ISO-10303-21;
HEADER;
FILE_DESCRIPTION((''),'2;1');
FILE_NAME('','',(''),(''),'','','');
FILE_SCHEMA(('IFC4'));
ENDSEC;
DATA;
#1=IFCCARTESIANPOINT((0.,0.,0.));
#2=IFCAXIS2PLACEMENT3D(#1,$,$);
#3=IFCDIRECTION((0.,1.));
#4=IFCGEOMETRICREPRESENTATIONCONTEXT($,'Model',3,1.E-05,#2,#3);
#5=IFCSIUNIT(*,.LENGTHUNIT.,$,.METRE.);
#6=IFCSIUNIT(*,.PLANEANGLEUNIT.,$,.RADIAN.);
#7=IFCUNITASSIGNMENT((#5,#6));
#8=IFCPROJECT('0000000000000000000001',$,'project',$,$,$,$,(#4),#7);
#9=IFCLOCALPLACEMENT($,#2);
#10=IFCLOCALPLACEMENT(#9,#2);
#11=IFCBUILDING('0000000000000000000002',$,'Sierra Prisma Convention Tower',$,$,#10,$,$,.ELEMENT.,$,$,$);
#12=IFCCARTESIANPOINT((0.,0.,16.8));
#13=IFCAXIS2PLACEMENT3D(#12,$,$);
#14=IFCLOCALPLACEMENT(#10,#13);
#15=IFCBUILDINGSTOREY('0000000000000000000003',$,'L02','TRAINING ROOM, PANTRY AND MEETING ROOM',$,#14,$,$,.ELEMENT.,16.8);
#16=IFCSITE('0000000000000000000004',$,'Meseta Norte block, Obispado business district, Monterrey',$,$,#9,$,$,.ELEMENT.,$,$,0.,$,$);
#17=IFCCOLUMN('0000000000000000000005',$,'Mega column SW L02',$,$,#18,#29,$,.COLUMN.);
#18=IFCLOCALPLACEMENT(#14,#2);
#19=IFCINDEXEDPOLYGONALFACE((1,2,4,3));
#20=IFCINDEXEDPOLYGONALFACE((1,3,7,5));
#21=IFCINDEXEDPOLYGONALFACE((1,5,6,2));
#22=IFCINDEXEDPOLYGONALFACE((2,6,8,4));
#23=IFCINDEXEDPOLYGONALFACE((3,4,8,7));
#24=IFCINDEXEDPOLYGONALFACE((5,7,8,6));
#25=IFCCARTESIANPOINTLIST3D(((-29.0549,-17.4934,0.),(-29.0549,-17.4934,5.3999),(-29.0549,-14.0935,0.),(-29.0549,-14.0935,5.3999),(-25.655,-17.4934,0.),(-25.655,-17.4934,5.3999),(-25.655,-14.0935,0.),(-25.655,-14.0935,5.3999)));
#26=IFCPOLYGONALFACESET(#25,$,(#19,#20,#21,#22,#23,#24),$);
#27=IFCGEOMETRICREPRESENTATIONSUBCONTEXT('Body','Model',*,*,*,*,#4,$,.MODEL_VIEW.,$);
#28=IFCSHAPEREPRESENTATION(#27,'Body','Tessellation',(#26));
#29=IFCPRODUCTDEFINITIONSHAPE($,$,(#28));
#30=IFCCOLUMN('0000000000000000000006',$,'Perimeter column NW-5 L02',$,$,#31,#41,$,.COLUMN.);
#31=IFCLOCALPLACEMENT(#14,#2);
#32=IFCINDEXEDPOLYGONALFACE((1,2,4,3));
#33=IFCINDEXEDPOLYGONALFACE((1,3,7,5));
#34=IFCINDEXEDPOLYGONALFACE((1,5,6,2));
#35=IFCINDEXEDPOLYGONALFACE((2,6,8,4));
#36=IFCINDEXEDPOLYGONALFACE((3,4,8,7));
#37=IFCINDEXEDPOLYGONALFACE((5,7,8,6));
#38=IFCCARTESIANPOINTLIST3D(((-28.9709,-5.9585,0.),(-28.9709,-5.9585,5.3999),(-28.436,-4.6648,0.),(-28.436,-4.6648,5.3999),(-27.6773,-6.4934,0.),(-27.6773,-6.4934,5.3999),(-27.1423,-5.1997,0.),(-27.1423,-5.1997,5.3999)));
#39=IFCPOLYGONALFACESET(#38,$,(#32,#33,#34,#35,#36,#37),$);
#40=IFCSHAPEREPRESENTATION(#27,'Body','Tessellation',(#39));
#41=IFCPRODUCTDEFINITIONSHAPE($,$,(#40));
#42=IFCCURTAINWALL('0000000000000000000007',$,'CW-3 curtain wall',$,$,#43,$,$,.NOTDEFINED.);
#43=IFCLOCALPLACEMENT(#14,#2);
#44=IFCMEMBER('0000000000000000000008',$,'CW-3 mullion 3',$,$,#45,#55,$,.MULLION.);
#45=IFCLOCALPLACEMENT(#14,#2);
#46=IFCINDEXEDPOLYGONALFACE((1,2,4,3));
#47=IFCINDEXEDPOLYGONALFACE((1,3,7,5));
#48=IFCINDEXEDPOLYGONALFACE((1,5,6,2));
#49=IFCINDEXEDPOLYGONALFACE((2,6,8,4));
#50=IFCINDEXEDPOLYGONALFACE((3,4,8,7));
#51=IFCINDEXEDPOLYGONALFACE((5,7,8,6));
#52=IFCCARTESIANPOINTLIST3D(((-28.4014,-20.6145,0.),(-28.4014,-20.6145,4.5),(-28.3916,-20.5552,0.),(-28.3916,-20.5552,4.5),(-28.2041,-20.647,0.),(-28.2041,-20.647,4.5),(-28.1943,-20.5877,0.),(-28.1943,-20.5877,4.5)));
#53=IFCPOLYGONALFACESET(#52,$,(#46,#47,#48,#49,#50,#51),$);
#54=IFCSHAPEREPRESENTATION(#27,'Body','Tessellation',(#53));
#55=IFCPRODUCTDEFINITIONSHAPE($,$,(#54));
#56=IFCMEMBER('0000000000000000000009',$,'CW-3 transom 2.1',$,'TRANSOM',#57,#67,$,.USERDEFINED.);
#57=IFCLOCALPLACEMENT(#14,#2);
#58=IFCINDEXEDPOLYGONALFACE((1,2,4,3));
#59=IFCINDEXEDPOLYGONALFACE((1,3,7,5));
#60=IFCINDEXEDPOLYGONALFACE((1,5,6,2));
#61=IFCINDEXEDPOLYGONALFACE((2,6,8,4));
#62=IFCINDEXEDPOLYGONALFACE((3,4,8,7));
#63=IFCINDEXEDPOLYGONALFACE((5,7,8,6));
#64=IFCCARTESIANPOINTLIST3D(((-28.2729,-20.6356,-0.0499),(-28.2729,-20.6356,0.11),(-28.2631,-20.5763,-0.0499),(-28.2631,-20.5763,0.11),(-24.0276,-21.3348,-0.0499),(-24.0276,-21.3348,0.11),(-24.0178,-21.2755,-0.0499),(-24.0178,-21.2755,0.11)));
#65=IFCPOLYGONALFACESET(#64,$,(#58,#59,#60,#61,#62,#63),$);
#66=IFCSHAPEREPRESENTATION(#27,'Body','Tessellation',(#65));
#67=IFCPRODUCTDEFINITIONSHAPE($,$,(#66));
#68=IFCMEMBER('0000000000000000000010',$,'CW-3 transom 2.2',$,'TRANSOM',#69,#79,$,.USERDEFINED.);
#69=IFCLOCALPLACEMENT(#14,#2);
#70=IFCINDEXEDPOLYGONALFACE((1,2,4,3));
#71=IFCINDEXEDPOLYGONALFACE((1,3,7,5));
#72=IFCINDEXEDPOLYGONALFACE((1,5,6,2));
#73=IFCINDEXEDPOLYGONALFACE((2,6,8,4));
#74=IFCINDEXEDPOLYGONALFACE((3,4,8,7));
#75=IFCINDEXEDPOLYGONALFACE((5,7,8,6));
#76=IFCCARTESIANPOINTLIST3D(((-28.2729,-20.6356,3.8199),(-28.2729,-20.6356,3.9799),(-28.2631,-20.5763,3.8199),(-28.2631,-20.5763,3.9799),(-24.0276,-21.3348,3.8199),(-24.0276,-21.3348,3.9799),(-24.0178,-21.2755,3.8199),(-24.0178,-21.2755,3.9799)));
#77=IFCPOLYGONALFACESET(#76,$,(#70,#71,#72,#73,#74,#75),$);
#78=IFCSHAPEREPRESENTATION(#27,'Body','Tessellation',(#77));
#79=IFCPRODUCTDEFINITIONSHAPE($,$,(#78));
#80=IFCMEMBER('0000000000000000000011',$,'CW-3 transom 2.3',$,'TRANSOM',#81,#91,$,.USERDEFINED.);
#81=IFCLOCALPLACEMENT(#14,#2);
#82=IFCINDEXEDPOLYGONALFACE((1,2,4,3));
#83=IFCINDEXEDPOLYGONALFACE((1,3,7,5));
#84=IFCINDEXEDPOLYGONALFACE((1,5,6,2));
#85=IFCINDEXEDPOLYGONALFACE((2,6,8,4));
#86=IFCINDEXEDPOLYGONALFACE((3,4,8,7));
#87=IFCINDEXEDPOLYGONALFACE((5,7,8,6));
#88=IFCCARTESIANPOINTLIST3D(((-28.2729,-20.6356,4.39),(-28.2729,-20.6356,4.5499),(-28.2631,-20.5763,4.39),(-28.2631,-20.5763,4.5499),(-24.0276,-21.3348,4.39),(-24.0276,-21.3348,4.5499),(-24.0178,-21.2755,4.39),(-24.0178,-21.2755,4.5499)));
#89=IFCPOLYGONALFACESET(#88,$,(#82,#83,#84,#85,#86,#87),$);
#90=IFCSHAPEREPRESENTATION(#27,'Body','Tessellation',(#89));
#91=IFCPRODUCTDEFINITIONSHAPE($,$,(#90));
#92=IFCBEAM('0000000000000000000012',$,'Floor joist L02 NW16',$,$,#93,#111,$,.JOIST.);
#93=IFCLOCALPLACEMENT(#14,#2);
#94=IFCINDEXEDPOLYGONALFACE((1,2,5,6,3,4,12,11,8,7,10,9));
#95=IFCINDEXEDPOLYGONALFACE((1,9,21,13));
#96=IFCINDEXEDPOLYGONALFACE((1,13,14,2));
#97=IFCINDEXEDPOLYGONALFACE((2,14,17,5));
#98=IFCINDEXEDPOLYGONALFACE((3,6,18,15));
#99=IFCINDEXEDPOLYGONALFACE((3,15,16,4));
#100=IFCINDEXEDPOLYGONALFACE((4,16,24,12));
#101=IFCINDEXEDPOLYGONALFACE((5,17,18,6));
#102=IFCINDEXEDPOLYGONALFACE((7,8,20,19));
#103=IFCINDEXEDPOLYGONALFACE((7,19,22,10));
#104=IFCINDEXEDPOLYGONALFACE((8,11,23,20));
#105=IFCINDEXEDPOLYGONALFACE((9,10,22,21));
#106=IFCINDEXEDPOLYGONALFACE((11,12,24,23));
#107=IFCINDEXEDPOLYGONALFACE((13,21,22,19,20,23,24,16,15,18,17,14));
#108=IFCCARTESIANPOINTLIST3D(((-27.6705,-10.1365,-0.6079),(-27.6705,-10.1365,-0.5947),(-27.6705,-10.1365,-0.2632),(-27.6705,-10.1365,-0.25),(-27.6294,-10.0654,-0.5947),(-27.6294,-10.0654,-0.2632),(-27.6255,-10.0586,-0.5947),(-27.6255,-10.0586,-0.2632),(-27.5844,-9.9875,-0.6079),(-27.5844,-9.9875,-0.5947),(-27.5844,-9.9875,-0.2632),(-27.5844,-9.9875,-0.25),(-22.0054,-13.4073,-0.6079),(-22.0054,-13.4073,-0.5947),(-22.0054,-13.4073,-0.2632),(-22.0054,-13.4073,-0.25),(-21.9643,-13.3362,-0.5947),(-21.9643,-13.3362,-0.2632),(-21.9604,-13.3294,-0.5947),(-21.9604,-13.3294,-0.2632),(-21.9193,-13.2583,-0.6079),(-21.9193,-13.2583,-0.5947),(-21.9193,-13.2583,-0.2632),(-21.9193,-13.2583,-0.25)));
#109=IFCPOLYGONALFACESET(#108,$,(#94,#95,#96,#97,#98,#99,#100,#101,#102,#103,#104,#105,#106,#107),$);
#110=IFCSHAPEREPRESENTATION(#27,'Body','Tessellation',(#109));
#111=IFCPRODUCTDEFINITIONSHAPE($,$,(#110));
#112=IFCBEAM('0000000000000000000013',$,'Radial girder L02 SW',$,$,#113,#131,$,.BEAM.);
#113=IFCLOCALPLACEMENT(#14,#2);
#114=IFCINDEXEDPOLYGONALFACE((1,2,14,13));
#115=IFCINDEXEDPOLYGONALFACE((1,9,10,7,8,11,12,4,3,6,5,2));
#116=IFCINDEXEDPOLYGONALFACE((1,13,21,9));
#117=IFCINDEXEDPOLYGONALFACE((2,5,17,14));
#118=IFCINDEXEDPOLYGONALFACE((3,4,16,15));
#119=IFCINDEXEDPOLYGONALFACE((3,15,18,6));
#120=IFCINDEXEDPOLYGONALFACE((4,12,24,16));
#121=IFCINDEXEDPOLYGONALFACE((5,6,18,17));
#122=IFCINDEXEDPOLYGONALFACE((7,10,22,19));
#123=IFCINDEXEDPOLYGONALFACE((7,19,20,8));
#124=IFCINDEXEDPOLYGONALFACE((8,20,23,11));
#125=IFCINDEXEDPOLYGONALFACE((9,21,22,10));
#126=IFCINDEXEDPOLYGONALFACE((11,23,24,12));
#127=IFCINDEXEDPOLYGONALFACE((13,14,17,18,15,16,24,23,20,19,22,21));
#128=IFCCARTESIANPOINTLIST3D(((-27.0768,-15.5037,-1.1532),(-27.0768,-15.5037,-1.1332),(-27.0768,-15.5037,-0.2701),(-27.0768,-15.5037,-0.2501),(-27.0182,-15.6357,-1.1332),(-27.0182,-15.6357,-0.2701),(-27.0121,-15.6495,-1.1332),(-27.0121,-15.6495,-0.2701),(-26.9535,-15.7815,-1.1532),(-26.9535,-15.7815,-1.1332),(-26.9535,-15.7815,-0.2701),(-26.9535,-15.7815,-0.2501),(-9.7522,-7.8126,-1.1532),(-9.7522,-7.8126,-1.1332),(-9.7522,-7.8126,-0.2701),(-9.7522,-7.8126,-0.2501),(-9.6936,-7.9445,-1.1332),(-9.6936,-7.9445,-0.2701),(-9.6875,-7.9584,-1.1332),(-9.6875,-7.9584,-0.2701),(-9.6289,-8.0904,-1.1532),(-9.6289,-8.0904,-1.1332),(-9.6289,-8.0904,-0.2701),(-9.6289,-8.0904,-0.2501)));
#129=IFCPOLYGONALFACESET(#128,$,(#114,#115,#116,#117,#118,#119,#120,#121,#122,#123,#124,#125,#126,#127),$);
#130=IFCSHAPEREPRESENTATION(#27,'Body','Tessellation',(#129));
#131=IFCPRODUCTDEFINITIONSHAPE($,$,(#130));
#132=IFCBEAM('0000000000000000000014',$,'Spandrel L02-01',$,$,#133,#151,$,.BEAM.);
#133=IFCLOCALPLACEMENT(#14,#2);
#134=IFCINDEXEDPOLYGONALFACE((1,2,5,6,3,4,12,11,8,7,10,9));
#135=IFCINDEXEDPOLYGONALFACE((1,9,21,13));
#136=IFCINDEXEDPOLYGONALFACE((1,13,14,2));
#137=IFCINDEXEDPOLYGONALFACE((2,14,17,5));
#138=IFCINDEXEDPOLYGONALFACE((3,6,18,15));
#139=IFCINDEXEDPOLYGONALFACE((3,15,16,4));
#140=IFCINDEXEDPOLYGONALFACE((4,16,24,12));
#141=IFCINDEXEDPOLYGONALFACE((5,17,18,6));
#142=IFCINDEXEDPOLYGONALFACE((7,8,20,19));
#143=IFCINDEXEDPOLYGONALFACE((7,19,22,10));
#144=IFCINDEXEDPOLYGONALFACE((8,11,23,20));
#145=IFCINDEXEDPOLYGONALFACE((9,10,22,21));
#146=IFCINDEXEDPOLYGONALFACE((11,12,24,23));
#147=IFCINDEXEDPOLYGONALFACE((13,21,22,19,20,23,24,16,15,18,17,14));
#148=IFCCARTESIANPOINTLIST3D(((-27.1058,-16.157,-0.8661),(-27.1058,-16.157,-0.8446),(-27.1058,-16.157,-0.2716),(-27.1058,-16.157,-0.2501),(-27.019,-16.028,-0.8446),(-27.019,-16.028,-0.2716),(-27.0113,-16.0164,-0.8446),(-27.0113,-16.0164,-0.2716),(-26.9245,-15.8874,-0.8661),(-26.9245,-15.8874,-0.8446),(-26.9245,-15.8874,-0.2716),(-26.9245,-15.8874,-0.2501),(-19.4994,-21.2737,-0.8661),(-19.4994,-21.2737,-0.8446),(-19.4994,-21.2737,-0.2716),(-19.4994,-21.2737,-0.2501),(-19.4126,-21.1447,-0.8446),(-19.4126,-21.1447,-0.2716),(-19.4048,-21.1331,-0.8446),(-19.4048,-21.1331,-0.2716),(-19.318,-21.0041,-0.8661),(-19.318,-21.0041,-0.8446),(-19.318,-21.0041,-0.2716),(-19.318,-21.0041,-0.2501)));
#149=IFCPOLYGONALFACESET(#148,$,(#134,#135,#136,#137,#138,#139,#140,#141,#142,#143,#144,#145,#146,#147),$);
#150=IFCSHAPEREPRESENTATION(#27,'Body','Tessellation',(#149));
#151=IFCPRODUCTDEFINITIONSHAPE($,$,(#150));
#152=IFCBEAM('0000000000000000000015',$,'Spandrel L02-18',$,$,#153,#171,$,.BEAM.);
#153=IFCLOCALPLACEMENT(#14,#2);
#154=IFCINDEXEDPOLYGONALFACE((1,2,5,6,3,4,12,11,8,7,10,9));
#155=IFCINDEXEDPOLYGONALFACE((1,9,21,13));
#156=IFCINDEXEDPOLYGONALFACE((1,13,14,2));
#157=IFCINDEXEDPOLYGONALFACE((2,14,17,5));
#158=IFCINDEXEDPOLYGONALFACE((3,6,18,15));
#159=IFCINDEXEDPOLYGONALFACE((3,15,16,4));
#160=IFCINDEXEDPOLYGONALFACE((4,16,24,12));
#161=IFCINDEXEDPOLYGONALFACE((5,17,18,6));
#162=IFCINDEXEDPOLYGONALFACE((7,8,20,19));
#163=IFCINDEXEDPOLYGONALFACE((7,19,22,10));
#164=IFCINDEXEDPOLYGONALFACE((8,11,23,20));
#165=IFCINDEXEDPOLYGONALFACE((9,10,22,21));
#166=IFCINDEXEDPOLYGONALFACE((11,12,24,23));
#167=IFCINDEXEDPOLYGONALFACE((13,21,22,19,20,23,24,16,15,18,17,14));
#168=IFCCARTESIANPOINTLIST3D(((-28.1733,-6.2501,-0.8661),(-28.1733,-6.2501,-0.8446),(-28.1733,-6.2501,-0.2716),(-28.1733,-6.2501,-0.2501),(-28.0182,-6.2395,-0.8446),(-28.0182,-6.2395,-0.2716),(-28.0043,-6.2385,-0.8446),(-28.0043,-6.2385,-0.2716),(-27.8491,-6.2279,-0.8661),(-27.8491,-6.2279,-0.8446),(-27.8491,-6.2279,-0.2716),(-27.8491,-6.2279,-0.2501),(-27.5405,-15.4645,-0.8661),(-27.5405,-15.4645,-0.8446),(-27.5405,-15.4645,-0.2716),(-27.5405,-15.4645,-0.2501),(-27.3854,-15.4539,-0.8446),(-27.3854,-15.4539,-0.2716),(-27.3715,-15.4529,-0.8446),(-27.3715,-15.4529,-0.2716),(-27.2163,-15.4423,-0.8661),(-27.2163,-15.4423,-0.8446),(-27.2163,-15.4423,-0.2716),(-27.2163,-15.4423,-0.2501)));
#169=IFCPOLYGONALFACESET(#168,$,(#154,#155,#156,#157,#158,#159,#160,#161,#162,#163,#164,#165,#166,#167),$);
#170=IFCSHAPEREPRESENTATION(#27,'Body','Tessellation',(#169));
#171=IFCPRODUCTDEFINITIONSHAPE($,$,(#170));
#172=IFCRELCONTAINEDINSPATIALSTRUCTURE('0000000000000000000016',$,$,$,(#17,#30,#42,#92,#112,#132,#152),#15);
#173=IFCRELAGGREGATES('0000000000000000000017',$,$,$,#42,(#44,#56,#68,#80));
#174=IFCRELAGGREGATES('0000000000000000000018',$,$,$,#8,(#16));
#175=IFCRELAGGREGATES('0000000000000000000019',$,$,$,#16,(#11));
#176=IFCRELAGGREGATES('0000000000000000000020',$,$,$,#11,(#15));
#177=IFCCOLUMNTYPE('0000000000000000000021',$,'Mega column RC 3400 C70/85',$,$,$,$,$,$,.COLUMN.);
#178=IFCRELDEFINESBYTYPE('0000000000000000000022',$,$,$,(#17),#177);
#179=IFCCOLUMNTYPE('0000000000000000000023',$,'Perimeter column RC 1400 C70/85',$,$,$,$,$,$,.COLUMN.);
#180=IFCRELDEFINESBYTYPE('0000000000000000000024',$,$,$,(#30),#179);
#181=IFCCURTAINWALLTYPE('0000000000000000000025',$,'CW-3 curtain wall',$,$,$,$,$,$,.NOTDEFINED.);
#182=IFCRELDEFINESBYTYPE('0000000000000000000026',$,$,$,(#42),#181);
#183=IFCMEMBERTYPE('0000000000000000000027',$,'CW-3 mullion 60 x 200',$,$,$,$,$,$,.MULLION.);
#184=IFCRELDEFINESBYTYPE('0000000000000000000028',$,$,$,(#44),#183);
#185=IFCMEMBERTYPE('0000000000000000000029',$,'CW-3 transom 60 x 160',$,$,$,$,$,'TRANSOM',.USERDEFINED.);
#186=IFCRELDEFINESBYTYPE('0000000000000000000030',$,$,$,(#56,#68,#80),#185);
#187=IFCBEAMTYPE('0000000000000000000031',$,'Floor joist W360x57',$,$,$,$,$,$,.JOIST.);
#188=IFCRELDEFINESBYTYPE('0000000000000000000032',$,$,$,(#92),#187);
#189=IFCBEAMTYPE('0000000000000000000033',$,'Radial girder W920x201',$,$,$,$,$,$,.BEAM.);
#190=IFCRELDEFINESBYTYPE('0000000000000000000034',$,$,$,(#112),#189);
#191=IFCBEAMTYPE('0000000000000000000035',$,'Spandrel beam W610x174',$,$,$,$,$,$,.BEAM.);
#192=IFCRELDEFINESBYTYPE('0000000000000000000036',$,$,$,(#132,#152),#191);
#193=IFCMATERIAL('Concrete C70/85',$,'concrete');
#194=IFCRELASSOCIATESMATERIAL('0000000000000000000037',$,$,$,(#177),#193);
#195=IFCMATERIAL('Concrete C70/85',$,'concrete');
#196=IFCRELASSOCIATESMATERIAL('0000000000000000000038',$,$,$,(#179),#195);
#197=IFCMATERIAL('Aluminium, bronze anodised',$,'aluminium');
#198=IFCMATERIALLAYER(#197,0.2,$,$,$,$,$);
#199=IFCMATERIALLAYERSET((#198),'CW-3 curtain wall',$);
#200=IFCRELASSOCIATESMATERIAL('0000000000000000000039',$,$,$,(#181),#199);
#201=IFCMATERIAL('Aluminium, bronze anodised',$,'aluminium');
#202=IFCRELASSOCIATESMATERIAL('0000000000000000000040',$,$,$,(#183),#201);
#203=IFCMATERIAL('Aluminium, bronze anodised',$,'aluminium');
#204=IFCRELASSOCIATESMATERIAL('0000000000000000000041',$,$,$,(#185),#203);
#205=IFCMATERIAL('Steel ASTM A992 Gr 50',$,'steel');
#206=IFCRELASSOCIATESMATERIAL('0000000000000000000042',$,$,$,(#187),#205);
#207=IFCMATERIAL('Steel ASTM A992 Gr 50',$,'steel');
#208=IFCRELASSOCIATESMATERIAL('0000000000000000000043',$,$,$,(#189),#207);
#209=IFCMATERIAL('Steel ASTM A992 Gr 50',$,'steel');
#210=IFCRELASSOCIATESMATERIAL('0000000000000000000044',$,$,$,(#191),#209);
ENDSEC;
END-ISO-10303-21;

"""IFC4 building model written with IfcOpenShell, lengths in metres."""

from ifc_helpers import new_model, si_unit, direction, frame, origin, origin_2d, place, context, subcontext, project, spatial, rectangle, i_section, extrude, material, layer, layer_set, material_profile, profile_set, type_object, element, aggregate, save


model = new_model("IFC4")

# Units and contexts
model_context = context("Model", 3, precision=1e-05, world=origin(), true_north=direction((0.0, 1.0)))
body_context = subcontext(model_context, "Body", "Model", "MODEL_VIEW")
ifc_project = project(units=[si_unit("LENGTHUNIT", "METRE"), si_unit("PLANEANGLEUNIT", "RADIAN")], contexts=[model_context])

# Site, building, storey
site_placement = place(None, origin())
site = spatial("IfcSite", under=ifc_project, at=site_placement, Name="Meseta Norte block, Obispado business district, Monterrey", CompositionType="ELEMENT", RefElevation=0.0)
building_placement = place(site_placement, origin())
building = spatial("IfcBuilding", under=site, at=building_placement, Name="Sierra Prisma Convention Tower", CompositionType="ELEMENT")
storey_placement = place(building_placement, frame((0.0, 0.0, 16.8)))
storey = spatial("IfcBuildingStorey", under=building, at=storey_placement, Name="L02", Description="TRAINING ROOM, PANTRY AND MEETING ROOM", CompositionType="ELEMENT", Elevation=16.8)

# Columns
ifc_material_1 = material(Name="Concrete C70/85", Category="concrete")
ifc_material_profile_1 = material_profile(ifc_material_1, rectangle(XDim=3.3999, YDim=3.3999, at=origin_2d()), Name="Mega column RC 3400 C70/85")
ifc_profile_set_1 = profile_set([ifc_material_profile_1], Name="Concrete C70/85")
column_type_1 = type_object("IfcColumnType", Name="Mega column RC 3400 C70/85", PredefinedType="COLUMN", material=ifc_profile_set_1)
column_1_placement = place(storey_placement, frame((-27.355, -15.7935, 0.0), z_axis=(0.0, 0.0, 1.0), x_axis=(1.0, 0.0, 0.0)))
element("IfcColumn", 1, at=column_1_placement, inside=storey, type_object=column_type_1, Name="Mega column SW L02", PredefinedType="COLUMN", context=body_context, shape_type="SweptSolid", body=[
    extrude(rectangle(XDim=3.3999, YDim=3.3999, at=origin_2d()), origin(), (0.0, 0.0, 1.0), 5.3999),
])
ifc_material_2 = material(Name="Concrete C70/85", Category="concrete")
ifc_material_profile_2 = material_profile(ifc_material_2, rectangle(XDim=1.3999, YDim=1.3999, at=origin_2d()), Name="Perimeter column RC 1400 C70/85")
ifc_profile_set_2 = profile_set([ifc_material_profile_2], Name="Concrete C70/85")
column_type_2 = type_object("IfcColumnType", Name="Perimeter column RC 1400 C70/85", PredefinedType="COLUMN", material=ifc_profile_set_2)
column_2_placement = place(storey_placement, frame((-28.0566, -5.5791, 0.0), z_axis=(0.0, 0.0, 1.0), x_axis=(0.382135, 0.924106, 0.0)))
element("IfcColumn", 2, at=column_2_placement, inside=storey, type_object=column_type_2, Name="Perimeter column NW-5 L02", PredefinedType="COLUMN", context=body_context, shape_type="SweptSolid", body=[
    extrude(rectangle(XDim=1.3999, YDim=1.3999, at=origin_2d()), origin(), (0.0, 0.0, 1.0), 5.3999),
])

# Curtain wall, members
ifc_material_3 = material(Name="Aluminium, bronze anodised", Category="aluminium")
ifc_layer_1 = layer(ifc_material_3, 0.2)
ifc_layer_set_1 = layer_set([ifc_layer_1], Name="CW-3 curtain wall")
curtain_wall_type = type_object("IfcCurtainWallType", Name="CW-3 curtain wall", PredefinedType="NOTDEFINED", material=ifc_layer_set_1)
curtain_wall_placement = place(storey_placement, origin())
curtain_wall = element("IfcCurtainWall", 3, at=curtain_wall_placement, inside=storey, type_object=curtain_wall_type, Name="CW-3 curtain wall", PredefinedType="NOTDEFINED")
ifc_material_4 = material(Name="Aluminium, bronze anodised", Category="aluminium")
ifc_material_profile_3 = material_profile(ifc_material_4, rectangle(XDim=0.0601, YDim=0.2, at=origin_2d()), Name="CW-3 mullion 60 x 200")
ifc_profile_set_3 = profile_set([ifc_material_profile_3], Name="Aluminium, bronze anodised")
member_type_1 = type_object("IfcMemberType", Name="CW-3 mullion 60 x 200", PredefinedType="MULLION", material=ifc_profile_set_3)
member_1_placement = place(storey_placement, frame((-28.2979, -20.6011, 0.0), z_axis=(0.0, 0.0, 1.0), x_axis=(-0.162542, -0.986702, 0.0)))
member_1 = element("IfcMember", 4, at=member_1_placement, type_object=member_type_1, Name="CW-3 mullion 3", PredefinedType="MULLION", context=body_context, shape_type="SweptSolid", body=[
    extrude(rectangle(XDim=0.0601, YDim=0.2, at=origin_2d()), origin(), (0.0, 0.0, 1.0), 4.5),
])
ifc_material_5 = material(Name="Aluminium, bronze anodised", Category="aluminium")
ifc_material_profile_4 = material_profile(ifc_material_5, rectangle(XDim=0.0601, YDim=0.1599, at=origin_2d()), Name="CW-3 transom 60 x 160")
ifc_profile_set_4 = profile_set([ifc_material_profile_4], Name="Aluminium, bronze anodised")
member_type_2 = type_object("IfcMemberType", Name="CW-3 transom 60 x 160", ElementType="TRANSOM", PredefinedType="USERDEFINED", material=ifc_profile_set_4)
member_2_placement = place(storey_placement, frame((-24.0227, -21.3052, 0.03), z_axis=(-0.986707, 0.162512, 0.0), x_axis=(-0.162512, -0.986707, 0.0)))
member_2 = element("IfcMember", 5, at=member_2_placement, type_object=member_type_2, Name="CW-3 transom 2.1", ObjectType="TRANSOM", PredefinedType="USERDEFINED", context=body_context, shape_type="SweptSolid", body=[
    extrude(rectangle(XDim=0.0601, YDim=0.1599, at=origin_2d()), origin(), (0.0, 0.0, 1.0), 4.3025),
])
member_3_placement = place(storey_placement, frame((-24.0227, -21.3052, 3.8999), z_axis=(-0.986707, 0.162512, 0.0), x_axis=(-0.162512, -0.986707, 0.0)))
member_3 = element("IfcMember", 6, at=member_3_placement, type_object=member_type_2, Name="CW-3 transom 2.2", ObjectType="TRANSOM", PredefinedType="USERDEFINED", context=body_context, shape_type="SweptSolid", body=[
    extrude(rectangle(XDim=0.0601, YDim=0.1599, at=origin_2d()), origin(), (0.0, 0.0, 1.0), 4.3025),
])
member_4_placement = place(storey_placement, frame((-24.0227, -21.3052, 4.47), z_axis=(-0.986707, 0.162512, 0.0), x_axis=(-0.162512, -0.986707, 0.0)))
member_4 = element("IfcMember", 7, at=member_4_placement, type_object=member_type_2, Name="CW-3 transom 2.3", ObjectType="TRANSOM", PredefinedType="USERDEFINED", context=body_context, shape_type="SweptSolid", body=[
    extrude(rectangle(XDim=0.0601, YDim=0.1599, at=origin_2d()), origin(), (0.0, 0.0, 1.0), 4.3025),
])

# Beams
ifc_material_6 = material(Name="Steel ASTM A992 Gr 50", Category="steel")
ifc_material_profile_5 = material_profile(ifc_material_6, i_section(OverallWidth=0.1721, OverallDepth=0.3579, WebThickness=0.0078, FlangeThickness=0.0132, at=origin_2d()), Name="W360x57")
ifc_profile_set_5 = profile_set([ifc_material_profile_5], Name="Steel ASTM A992 Gr 50")
beam_type_1 = type_object("IfcBeamType", Name="Floor joist W360x57", PredefinedType="JOIST", material=ifc_profile_set_5)
beam_1_placement = place(storey_placement, frame((-27.6274, -10.062, -0.429), z_axis=(0.866023, -0.500005, 0.0), x_axis=(0.500005, 0.866023, 0.0)))
element("IfcBeam", 8, at=beam_1_placement, inside=storey, type_object=beam_type_1, Name="Floor joist L02 NW16", PredefinedType="JOIST", context=body_context, shape_type="SweptSolid", body=[
    extrude(i_section(OverallWidth=0.1721, OverallDepth=0.3579, WebThickness=0.0078, FlangeThickness=0.0132, at=origin_2d()), origin(), (0.0, 0.0, 1.0), 6.5415),
])
ifc_material_7 = material(Name="Steel ASTM A992 Gr 50", Category="steel")
ifc_material_profile_6 = material_profile(ifc_material_7, i_section(OverallWidth=0.304, OverallDepth=0.9031, WebThickness=0.0151, FlangeThickness=0.02, at=origin_2d()), Name="W920x201")
ifc_profile_set_6 = profile_set([ifc_material_profile_6], Name="Steel ASTM A992 Gr 50")
beam_type_2 = type_object("IfcBeamType", Name="Radial girder W920x201", PredefinedType="BEAM", material=ifc_profile_set_6)
beam_2_placement = place(storey_placement, frame((-27.0151, -15.6426, -0.7017), z_axis=(0.913982, 0.405755, 0.0), x_axis=(-0.405755, 0.913982, 0.0)))
element("IfcBeam", 9, at=beam_2_placement, inside=storey, type_object=beam_type_2, Name="Radial girder L02 SW", PredefinedType="BEAM", context=body_context, shape_type="SweptSolid", body=[
    extrude(i_section(OverallWidth=0.304, OverallDepth=0.9031, WebThickness=0.0151, FlangeThickness=0.02, at=origin_2d()), origin(), (0.0, 0.0, 1.0), 18.9551),
])
ifc_material_8 = material(Name="Steel ASTM A992 Gr 50", Category="steel")
ifc_material_profile_7 = material_profile(ifc_material_8, i_section(OverallWidth=0.325, OverallDepth=0.616, WebThickness=0.0139, FlangeThickness=0.0215, at=origin_2d()), Name="W610x174")
ifc_profile_set_7 = profile_set([ifc_material_profile_7], Name="Steel ASTM A992 Gr 50")
beam_type_3 = type_object("IfcBeamType", Name="Spandrel beam W610x174", PredefinedType="BEAM", material=ifc_profile_set_7)
beam_3_placement = place(storey_placement, frame((-27.0151, -16.0222, -0.5581), z_axis=(0.82974, -0.558149, 0.0), x_axis=(0.558149, 0.82974, 0.0)))
element("IfcBeam", 10, at=beam_3_placement, inside=storey, type_object=beam_type_3, Name="Spandrel L02-01", PredefinedType="BEAM", context=body_context, shape_type="SweptSolid", body=[
    extrude(i_section(OverallWidth=0.325, OverallDepth=0.616, WebThickness=0.0139, FlangeThickness=0.0215, at=origin_2d()), origin(), (0.0, 0.0, 1.0), 9.1672),
])
beam_4_placement = place(storey_placement, frame((-28.0112, -6.239, -0.5581), z_axis=(0.068515, -0.99765, 0.0), x_axis=(0.99765, 0.068515, 0.0)))
element("IfcBeam", 11, at=beam_4_placement, inside=storey, type_object=beam_type_3, Name="Spandrel L02-18", PredefinedType="BEAM", context=body_context, shape_type="SweptSolid", body=[
    extrude(i_section(OverallWidth=0.325, OverallDepth=0.616, WebThickness=0.0139, FlangeThickness=0.0215, at=origin_2d()), origin(), (0.0, 0.0, 1.0), 9.2361),
])

aggregate(curtain_wall, [member_1, member_2, member_3, member_4])

save(model, "model.ifc")
